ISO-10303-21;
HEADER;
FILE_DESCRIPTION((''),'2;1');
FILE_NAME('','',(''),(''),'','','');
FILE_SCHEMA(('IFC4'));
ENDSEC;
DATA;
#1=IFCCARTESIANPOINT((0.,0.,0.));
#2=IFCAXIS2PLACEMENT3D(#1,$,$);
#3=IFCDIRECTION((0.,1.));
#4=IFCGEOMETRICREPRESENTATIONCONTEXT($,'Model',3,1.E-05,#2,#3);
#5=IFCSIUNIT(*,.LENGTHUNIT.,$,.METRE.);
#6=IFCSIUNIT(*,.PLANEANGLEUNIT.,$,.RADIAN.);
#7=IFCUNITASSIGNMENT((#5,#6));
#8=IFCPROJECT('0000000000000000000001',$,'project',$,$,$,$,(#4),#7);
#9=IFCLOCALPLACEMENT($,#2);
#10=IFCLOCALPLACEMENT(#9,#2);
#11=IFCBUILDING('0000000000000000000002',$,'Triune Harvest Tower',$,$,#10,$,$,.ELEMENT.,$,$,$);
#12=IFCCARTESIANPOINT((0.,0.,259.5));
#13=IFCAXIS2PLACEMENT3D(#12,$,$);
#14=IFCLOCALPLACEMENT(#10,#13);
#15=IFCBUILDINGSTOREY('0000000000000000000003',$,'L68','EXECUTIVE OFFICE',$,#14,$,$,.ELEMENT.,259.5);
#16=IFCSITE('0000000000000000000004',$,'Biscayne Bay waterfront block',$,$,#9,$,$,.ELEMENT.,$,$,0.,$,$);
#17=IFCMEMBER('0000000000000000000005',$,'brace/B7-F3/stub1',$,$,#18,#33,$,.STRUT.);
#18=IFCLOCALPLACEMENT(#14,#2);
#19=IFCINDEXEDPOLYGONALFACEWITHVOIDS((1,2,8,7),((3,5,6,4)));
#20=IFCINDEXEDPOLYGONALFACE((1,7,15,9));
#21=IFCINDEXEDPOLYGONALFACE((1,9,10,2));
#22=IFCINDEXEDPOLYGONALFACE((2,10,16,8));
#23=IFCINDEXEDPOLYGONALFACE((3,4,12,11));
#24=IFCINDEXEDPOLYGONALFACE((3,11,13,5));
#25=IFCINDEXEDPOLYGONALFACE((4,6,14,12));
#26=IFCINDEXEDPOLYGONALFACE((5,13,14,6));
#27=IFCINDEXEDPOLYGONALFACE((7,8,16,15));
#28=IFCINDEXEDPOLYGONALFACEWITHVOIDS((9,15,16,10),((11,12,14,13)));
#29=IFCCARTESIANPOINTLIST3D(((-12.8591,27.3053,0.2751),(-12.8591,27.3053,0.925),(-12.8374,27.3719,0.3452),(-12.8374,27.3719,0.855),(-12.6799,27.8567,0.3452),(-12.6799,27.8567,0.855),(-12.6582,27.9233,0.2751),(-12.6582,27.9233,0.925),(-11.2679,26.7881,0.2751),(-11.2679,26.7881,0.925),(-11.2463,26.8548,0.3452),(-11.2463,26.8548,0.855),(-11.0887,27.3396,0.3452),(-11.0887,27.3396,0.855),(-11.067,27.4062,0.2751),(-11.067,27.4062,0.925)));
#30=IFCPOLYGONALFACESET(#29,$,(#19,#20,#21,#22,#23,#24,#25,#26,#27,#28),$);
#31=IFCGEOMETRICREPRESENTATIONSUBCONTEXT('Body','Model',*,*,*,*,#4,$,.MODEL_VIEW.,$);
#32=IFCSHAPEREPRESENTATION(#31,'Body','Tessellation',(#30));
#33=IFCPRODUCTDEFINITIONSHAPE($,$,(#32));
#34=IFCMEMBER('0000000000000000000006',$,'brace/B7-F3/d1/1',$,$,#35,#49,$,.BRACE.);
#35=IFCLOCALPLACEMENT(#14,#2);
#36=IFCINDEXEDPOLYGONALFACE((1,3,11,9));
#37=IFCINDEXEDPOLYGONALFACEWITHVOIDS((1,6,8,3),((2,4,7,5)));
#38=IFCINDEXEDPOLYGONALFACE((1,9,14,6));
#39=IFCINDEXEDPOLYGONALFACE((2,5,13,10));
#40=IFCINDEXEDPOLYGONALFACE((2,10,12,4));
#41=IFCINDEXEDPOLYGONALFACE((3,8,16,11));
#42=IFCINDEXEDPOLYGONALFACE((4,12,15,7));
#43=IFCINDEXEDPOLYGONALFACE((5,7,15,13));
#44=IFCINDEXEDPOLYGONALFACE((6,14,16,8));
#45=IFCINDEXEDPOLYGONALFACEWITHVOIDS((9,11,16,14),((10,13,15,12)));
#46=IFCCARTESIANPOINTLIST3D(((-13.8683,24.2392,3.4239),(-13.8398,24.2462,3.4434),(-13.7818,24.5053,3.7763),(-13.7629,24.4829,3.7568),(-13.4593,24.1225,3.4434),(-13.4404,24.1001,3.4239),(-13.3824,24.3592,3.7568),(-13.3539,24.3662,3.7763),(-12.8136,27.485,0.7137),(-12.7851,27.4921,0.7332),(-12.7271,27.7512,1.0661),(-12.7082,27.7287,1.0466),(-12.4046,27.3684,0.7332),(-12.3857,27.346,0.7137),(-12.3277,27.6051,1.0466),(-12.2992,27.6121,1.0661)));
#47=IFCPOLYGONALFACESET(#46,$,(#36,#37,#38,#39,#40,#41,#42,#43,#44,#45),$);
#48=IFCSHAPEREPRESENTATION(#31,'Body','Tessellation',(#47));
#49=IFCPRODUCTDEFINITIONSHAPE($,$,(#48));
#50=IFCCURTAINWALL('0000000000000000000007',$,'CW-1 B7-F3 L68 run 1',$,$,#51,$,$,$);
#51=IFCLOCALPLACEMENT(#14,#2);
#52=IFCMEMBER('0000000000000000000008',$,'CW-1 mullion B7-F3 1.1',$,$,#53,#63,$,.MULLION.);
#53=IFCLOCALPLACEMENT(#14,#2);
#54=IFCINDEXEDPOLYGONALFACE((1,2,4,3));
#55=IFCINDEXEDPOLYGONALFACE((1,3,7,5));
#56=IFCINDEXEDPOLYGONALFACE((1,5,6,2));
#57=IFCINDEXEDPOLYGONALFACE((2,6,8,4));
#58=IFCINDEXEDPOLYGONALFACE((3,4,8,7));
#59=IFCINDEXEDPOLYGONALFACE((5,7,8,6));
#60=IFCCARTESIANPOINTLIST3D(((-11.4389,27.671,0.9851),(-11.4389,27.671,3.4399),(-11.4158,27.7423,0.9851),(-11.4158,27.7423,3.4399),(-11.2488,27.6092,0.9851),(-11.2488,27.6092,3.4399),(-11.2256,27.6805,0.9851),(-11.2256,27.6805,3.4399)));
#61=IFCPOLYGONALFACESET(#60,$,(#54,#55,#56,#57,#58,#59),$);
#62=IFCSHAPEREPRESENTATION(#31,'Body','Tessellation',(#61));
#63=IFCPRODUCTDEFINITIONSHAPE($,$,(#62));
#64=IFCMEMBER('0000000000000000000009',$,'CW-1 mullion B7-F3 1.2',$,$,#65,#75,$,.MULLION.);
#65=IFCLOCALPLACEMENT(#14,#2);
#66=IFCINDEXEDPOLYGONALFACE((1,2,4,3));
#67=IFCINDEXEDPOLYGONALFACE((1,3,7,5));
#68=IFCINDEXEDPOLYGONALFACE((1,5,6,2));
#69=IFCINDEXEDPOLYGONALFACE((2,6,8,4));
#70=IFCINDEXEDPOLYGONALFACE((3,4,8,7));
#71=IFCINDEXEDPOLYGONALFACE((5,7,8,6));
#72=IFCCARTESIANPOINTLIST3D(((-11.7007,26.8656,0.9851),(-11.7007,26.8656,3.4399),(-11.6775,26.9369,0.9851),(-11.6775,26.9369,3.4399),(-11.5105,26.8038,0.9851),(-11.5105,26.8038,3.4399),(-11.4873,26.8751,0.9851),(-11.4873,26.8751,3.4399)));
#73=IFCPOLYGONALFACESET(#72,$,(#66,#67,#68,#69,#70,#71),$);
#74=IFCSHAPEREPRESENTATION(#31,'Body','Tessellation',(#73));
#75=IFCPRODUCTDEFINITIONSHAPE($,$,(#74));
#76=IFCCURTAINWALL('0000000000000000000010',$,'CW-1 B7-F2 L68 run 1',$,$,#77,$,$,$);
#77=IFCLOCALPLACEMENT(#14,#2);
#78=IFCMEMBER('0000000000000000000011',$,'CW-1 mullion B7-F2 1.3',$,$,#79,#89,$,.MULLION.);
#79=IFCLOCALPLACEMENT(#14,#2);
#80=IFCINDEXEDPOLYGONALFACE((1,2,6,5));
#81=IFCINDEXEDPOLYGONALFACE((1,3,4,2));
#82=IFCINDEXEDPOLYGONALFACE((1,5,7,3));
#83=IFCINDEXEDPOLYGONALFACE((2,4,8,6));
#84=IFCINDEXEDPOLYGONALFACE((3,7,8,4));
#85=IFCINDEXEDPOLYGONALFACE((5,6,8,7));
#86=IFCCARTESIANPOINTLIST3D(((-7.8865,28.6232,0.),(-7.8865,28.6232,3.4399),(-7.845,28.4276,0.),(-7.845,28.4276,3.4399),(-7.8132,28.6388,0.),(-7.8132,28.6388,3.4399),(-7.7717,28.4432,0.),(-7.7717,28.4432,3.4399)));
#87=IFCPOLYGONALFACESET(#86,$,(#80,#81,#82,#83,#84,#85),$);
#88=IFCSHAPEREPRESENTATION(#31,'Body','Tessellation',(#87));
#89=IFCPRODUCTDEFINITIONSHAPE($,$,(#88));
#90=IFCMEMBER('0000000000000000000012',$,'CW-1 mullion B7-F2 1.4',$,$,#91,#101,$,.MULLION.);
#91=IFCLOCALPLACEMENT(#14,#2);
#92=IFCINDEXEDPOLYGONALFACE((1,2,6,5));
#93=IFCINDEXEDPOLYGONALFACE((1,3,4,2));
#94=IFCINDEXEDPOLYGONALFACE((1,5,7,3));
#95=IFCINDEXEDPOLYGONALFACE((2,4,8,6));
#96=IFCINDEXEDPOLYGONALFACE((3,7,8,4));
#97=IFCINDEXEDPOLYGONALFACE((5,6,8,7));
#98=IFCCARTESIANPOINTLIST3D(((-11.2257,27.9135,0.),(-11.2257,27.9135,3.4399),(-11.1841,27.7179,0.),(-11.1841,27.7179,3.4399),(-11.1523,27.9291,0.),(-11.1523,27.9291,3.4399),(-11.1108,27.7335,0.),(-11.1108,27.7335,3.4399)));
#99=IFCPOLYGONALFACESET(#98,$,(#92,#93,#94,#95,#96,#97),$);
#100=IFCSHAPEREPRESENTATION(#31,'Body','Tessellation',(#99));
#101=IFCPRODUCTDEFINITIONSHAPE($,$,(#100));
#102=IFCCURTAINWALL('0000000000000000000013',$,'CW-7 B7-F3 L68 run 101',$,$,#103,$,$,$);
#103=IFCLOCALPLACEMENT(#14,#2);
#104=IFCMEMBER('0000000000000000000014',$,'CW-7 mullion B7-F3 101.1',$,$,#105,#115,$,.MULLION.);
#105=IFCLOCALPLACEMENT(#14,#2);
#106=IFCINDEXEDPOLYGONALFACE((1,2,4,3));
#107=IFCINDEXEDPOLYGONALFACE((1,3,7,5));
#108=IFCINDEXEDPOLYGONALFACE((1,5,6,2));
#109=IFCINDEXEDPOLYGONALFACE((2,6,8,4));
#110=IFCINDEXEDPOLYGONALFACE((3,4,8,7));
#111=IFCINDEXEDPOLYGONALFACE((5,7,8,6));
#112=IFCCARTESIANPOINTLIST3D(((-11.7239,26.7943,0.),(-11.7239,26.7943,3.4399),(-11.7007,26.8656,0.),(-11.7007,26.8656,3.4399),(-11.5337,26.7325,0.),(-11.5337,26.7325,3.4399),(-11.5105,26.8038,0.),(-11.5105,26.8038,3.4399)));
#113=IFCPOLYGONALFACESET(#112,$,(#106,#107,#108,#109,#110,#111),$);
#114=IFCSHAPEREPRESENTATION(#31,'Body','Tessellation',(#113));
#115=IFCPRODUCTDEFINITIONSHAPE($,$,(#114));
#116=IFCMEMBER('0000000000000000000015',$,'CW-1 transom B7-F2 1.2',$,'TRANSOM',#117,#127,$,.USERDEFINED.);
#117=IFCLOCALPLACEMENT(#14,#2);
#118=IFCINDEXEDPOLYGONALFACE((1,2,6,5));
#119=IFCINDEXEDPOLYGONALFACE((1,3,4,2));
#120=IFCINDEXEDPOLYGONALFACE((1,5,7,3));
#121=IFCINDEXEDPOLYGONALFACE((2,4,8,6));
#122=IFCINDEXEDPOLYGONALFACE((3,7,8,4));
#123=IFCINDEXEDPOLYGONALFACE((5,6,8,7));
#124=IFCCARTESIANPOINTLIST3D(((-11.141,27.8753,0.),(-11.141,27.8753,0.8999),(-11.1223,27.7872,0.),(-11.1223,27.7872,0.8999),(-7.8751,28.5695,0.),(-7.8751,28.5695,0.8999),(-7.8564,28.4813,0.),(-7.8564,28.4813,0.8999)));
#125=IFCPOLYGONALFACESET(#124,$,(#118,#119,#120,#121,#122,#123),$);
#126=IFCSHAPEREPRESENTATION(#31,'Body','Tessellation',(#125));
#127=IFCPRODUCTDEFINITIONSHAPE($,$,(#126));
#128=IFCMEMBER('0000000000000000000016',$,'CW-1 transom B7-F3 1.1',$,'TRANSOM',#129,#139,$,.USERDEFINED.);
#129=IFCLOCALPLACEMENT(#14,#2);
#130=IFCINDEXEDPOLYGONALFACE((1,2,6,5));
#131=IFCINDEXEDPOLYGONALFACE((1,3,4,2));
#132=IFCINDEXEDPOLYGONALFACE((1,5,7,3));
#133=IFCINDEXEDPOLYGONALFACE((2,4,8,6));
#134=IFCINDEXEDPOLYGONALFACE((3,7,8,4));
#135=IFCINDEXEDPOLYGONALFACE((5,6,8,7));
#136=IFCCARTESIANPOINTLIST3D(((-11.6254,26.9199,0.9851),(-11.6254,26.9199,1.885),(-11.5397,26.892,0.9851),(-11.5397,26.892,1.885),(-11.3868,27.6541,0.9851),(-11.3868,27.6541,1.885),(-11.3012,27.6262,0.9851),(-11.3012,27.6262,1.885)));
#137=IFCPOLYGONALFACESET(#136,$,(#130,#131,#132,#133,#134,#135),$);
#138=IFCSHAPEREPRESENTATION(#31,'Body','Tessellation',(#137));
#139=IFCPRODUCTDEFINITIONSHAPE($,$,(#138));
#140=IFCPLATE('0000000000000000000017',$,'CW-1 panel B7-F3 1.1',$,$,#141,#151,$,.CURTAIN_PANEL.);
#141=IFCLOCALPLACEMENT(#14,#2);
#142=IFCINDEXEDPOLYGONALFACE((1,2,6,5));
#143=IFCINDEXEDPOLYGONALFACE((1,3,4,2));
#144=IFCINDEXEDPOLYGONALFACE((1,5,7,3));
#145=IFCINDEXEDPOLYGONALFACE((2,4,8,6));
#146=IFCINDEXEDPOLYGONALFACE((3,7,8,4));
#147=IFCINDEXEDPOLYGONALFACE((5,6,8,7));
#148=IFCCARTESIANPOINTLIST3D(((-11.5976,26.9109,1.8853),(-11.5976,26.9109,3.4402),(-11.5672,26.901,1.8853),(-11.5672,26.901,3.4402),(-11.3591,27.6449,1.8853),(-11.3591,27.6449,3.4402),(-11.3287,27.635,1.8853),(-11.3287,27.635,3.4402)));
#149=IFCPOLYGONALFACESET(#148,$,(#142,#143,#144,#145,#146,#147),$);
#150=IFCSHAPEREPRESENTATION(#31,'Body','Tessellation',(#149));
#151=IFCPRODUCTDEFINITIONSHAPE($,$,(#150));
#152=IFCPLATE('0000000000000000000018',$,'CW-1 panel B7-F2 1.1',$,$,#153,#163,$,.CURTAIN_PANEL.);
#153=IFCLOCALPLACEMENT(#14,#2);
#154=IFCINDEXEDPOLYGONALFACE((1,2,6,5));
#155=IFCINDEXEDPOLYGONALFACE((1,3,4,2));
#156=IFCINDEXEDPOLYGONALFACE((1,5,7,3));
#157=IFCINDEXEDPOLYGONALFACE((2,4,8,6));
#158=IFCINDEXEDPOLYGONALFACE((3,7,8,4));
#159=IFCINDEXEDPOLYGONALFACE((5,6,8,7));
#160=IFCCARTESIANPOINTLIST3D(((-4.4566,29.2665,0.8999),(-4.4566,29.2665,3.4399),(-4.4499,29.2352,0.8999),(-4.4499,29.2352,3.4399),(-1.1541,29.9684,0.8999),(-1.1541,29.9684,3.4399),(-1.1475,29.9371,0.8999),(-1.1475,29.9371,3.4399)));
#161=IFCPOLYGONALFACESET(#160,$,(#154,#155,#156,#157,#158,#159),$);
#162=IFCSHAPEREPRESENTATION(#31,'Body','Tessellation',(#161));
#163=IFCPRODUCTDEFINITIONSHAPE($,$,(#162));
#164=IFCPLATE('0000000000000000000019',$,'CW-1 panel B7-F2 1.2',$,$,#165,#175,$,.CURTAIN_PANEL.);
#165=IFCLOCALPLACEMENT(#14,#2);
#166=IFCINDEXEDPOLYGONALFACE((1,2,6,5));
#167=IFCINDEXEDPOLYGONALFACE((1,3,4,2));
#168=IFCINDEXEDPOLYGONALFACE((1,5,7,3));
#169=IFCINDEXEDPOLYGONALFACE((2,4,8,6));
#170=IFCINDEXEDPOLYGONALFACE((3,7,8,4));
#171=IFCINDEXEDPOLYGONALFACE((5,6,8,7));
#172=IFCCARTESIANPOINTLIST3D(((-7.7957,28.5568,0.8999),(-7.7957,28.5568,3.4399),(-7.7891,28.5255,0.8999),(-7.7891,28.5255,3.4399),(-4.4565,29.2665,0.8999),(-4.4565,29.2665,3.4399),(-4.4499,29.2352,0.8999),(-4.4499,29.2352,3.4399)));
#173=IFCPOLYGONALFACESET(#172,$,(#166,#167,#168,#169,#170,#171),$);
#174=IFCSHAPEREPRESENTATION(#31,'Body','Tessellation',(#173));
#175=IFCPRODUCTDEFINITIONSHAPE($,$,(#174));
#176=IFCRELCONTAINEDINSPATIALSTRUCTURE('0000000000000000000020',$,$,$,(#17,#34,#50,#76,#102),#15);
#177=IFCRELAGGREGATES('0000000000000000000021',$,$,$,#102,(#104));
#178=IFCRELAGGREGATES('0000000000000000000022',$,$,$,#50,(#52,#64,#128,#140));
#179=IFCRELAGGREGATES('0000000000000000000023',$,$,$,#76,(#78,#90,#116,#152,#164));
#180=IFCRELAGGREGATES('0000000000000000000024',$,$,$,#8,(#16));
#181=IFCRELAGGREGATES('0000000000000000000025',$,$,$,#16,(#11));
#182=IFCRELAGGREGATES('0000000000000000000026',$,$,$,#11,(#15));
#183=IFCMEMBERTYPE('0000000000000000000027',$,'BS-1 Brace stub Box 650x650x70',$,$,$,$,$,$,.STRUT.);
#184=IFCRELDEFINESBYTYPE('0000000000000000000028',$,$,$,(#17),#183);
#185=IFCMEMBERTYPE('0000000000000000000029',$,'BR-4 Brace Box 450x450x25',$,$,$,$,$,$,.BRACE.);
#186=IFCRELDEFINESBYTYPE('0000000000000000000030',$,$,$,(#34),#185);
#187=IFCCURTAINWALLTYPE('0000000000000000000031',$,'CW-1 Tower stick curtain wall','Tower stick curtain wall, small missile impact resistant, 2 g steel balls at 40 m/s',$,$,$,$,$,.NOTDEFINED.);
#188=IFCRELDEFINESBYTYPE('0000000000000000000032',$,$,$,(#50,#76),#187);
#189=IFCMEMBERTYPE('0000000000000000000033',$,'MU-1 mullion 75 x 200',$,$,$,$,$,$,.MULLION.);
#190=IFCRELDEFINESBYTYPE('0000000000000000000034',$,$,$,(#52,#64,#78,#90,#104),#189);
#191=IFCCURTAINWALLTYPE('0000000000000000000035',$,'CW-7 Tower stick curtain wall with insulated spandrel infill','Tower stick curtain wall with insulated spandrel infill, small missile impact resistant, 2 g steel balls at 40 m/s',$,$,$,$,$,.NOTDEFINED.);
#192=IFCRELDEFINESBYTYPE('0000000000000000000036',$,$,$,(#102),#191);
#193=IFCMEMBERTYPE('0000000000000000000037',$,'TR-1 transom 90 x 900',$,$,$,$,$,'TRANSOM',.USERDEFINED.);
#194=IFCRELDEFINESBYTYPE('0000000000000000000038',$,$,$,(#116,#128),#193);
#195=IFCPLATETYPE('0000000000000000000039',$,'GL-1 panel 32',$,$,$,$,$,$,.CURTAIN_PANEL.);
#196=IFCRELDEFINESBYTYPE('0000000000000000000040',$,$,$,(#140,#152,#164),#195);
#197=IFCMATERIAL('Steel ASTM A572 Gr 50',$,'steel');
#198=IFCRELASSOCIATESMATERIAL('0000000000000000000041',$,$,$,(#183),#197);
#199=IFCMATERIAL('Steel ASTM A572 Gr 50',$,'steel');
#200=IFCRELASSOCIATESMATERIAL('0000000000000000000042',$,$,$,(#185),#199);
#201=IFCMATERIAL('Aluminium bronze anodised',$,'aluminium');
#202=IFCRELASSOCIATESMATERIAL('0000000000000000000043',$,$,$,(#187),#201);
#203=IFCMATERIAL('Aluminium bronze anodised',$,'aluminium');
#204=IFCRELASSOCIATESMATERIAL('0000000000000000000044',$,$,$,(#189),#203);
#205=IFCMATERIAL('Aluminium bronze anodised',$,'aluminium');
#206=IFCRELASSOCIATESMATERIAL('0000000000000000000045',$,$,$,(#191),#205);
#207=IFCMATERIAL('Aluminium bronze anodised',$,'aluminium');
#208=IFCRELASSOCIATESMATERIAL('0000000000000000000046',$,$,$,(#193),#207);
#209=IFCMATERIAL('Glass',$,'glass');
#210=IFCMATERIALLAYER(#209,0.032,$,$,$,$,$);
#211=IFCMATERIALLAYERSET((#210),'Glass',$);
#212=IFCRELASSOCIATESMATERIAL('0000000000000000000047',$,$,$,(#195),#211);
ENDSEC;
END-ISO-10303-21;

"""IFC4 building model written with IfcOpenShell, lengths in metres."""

from ifc_helpers import new_model, si_unit, direction, frame, origin, origin_2d, place, context, subcontext, project, spatial, rectangle, hollow_rectangle, extrude, source, transform, mapped, material, layer, layer_set, material_profile, profile_set, type_object, element, aggregate, save


model = new_model("IFC4")

# Units and contexts
model_context = context("Model", 3, precision=1e-05, world=origin(), true_north=direction((0.0, 1.0)))
body_context = subcontext(model_context, "Body", "Model", "MODEL_VIEW")
ifc_project = project(units=[si_unit("LENGTHUNIT", "METRE"), si_unit("PLANEANGLEUNIT", "RADIAN")], contexts=[model_context])

# Site, building, storey
site_placement = place(None, origin())
site = spatial("IfcSite", under=ifc_project, at=site_placement, Name="Biscayne Bay waterfront block", CompositionType="ELEMENT", RefElevation=0.0)
building_placement = place(site_placement, origin())
building = spatial("IfcBuilding", under=site, at=building_placement, Name="Triune Harvest Tower", CompositionType="ELEMENT")
storey_placement = place(building_placement, frame((0.0, 0.0, 259.5)))
storey = spatial("IfcBuildingStorey", under=building, at=storey_placement, Name="L68", Description="EXECUTIVE OFFICE", CompositionType="ELEMENT", Elevation=259.5)

# Members
ifc_material_1 = material(Name="Steel ASTM A572 Gr 50", Category="steel")
ifc_material_profile_1 = material_profile(ifc_material_1, hollow_rectangle(XDim=0.6499, YDim=0.6499, WallThickness=0.0701, at=origin_2d()), Name="Box 650x650x70")
ifc_profile_set_1 = profile_set([ifc_material_profile_1], Name="Steel ASTM A572 Gr 50")
member_type_1 = type_object("IfcMemberType", Name="BS-1 Brace stub Box 650x650x70", PredefinedType="STRUT", material=ifc_profile_set_1)
shared_shape_1 = source(origin(), body_context, "Body", "SweptSolid", [
    extrude(hollow_rectangle(XDim=0.6499, YDim=0.6499, WallThickness=0.0701, at=origin_2d()), origin(), (0.0, 0.0, 1.0), 1.6731),
])
member_1_placement = place(storey_placement, frame((-11.1675, 27.0972, 0.6001), z_axis=(-0.951035, 0.309083, 0.0), x_axis=(-0.309083, -0.951035, 0.0)))
element("IfcMember", 1, at=member_1_placement, inside=storey, type_object=member_type_1, Name="brace/B7-F3/stub1", PredefinedType="STRUT", context=body_context, shape_type="MappedRepresentation", body=[
    mapped(shared_shape_1, transform((0.0, 0.0, 0.0), scale=1.0)),
])
ifc_material_2 = material(Name="Steel ASTM A572 Gr 50", Category="steel")
ifc_material_profile_2 = material_profile(ifc_material_2, hollow_rectangle(XDim=0.45, YDim=0.45, WallThickness=0.0249, at=origin_2d()), Name="Box 450x450x25")
ifc_profile_set_2 = profile_set([ifc_material_profile_2], Name="Steel ASTM A572 Gr 50")
member_type_2 = type_object("IfcMemberType", Name="BR-4 Brace Box 450x450x25", PredefinedType="BRACE", material=ifc_profile_set_2)
shared_shape_2 = source(origin(), body_context, "Body", "SweptSolid", [
    extrude(hollow_rectangle(XDim=0.45, YDim=0.45, WallThickness=0.0249, at=origin_2d()), origin(), (0.0, 0.0, 1.0), 4.3582),
])
member_2_placement = place(storey_placement, frame((-12.5564, 27.5486, 0.8899), z_axis=(-0.242006, -0.744784, 0.621876), x_axis=(0.951052, -0.309029, 0.0)))
element("IfcMember", 2, at=member_2_placement, inside=storey, type_object=member_type_2, Name="brace/B7-F3/d1/1", PredefinedType="BRACE", context=body_context, shape_type="MappedRepresentation", body=[
    mapped(shared_shape_2, transform((0.0, 0.0, 0.0), scale=1.0)),
])

# Curtain walls, members
ifc_material_3 = material(Name="Aluminium bronze anodised", Category="aluminium")
curtain_wall_type_1 = type_object("IfcCurtainWallType", Name="CW-1 Tower stick curtain wall", Description="Tower stick curtain wall, small missile impact resistant, 2 g steel balls at 40 m/s", PredefinedType="NOTDEFINED", material=ifc_material_3)
curtain_wall_1_placement = place(storey_placement, origin())
curtain_wall_1 = element("IfcCurtainWall", 3, at=curtain_wall_1_placement, inside=storey, type_object=curtain_wall_type_1, Name="CW-1 B7-F3 L68 run 1")
ifc_material_4 = material(Name="Aluminium bronze anodised", Category="aluminium")
ifc_material_profile_3 = material_profile(ifc_material_4, rectangle(XDim=0.2, YDim=0.075, at=origin_2d()), Name="MU-1 mullion 75 x 200")
ifc_profile_set_3 = profile_set([ifc_material_profile_3], Name="Aluminium bronze anodised")
member_type_3 = type_object("IfcMemberType", Name="MU-1 mullion 75 x 200", PredefinedType="MULLION", material=ifc_profile_set_3)
shared_shape_3 = source(origin(), body_context, "Body", "SweptSolid", [
    extrude(rectangle(XDim=0.2, YDim=0.075, at=origin_2d()), origin(), (0.0, 0.0, 1.0), 2.4548),
])
member_3_placement = place(storey_placement, frame((-11.3323, 27.6758, 0.9851), z_axis=(0.0, 0.0, 1.0), x_axis=(0.951043, -0.309059, 0.0)))
member_3 = element("IfcMember", 4, at=member_3_placement, type_object=member_type_3, Name="CW-1 mullion B7-F3 1.1", PredefinedType="MULLION", context=body_context, shape_type="MappedRepresentation", body=[
    mapped(shared_shape_3, transform((0.0, 0.0, 0.0), scale=1.0)),
])
member_4_placement = place(storey_placement, frame((-11.594, 26.8704, 0.9851), z_axis=(0.0, 0.0, 1.0), x_axis=(0.951043, -0.309059, 0.0)))
member_4 = element("IfcMember", 5, at=member_4_placement, type_object=member_type_3, Name="CW-1 mullion B7-F3 1.2", PredefinedType="MULLION", context=body_context, shape_type="MappedRepresentation", body=[
    mapped(shared_shape_3, transform((0.0, 0.0, 0.0), scale=1.0)),
])
curtain_wall_2_placement = place(storey_placement, origin())
curtain_wall_2 = element("IfcCurtainWall", 6, at=curtain_wall_2_placement, inside=storey, type_object=curtain_wall_type_1, Name="CW-1 B7-F2 L68 run 1")
shared_shape_4 = source(origin(), body_context, "Body", "SweptSolid", [
    extrude(rectangle(XDim=0.2, YDim=0.075, at=origin_2d()), origin(), (0.0, 0.0, 1.0), 3.4399),
])
member_5_placement = place(storey_placement, frame((-7.8291, 28.5332, 0.0), z_axis=(0.0, 0.0, 1.0), x_axis=(0.207905, -0.978149, 0.0)))
member_5 = element("IfcMember", 7, at=member_5_placement, type_object=member_type_3, Name="CW-1 mullion B7-F2 1.3", PredefinedType="MULLION", context=body_context, shape_type="MappedRepresentation", body=[
    mapped(shared_shape_4, transform((0.0, 0.0, 0.0), scale=1.0)),
])
member_6_placement = place(storey_placement, frame((-11.1682, 27.8235, 0.0), z_axis=(0.0, 0.0, 1.0), x_axis=(0.207905, -0.978149, 0.0)))
member_6 = element("IfcMember", 8, at=member_6_placement, type_object=member_type_3, Name="CW-1 mullion B7-F2 1.4", PredefinedType="MULLION", context=body_context, shape_type="MappedRepresentation", body=[
    mapped(shared_shape_4, transform((0.0, 0.0, 0.0), scale=1.0)),
])

# Curtain wall, member
ifc_material_5 = material(Name="Aluminium bronze anodised", Category="aluminium")
curtain_wall_type_2 = type_object("IfcCurtainWallType", Name="CW-7 Tower stick curtain wall with insulated spandrel infill", Description="Tower stick curtain wall with insulated spandrel infill, small missile impact resistant, 2 g steel balls at 40 m/s", PredefinedType="NOTDEFINED", material=ifc_material_5)
curtain_wall_3_placement = place(storey_placement, origin())
curtain_wall_3 = element("IfcCurtainWall", 9, at=curtain_wall_3_placement, inside=storey, type_object=curtain_wall_type_2, Name="CW-7 B7-F3 L68 run 101")
member_7_placement = place(storey_placement, frame((-11.6172, 26.7991, 0.0), z_axis=(0.0, 0.0, 1.0), x_axis=(0.951056, -0.30902, 0.0)))
member_7 = element("IfcMember", 10, at=member_7_placement, type_object=member_type_3, Name="CW-7 mullion B7-F3 101.1", PredefinedType="MULLION", context=body_context, shape_type="MappedRepresentation", body=[
    mapped(shared_shape_4, transform((0.0, 0.0, 0.0), scale=1.0)),
])
aggregate(curtain_wall_3, [member_7])

# Members
ifc_material_6 = material(Name="Aluminium bronze anodised", Category="aluminium")
ifc_material_profile_4 = material_profile(ifc_material_6, rectangle(XDim=0.0901, YDim=0.8999, at=origin_2d()), Name="TR-1 transom 90 x 900")
ifc_profile_set_4 = profile_set([ifc_material_profile_4], Name="Aluminium bronze anodised")
member_type_4 = type_object("IfcMemberType", Name="TR-1 transom 90 x 900", ElementType="TRANSOM", PredefinedType="USERDEFINED", material=ifc_profile_set_4)
shared_shape_5 = source(origin(), body_context, "Body", "SweptSolid", [
    extrude(rectangle(XDim=0.0901, YDim=0.8999, at=origin_2d()), origin(), (0.0, 0.0, 1.0), 3.3389),
])
member_8_placement = place(storey_placement, frame((-7.8657, 28.5254, 0.45), z_axis=(-0.978153, -0.207886, 0.0), x_axis=(0.207886, -0.978153, 0.0)))
member_8 = element("IfcMember", 11, at=member_8_placement, type_object=member_type_4, Name="CW-1 transom B7-F2 1.2", ObjectType="TRANSOM", PredefinedType="USERDEFINED", context=body_context, shape_type="MappedRepresentation", body=[
    mapped(shared_shape_5, transform((0.0, 0.0, 0.0), scale=1.0)),
])
shared_shape_6 = source(origin(), body_context, "Body", "SweptSolid", [
    extrude(rectangle(XDim=0.0901, YDim=0.8999, at=origin_2d()), origin(), (0.0, 0.0, 1.0), 0.772),
])
member_9_placement = place(storey_placement, frame((-11.344, 27.6401, 1.4351), z_axis=(-0.309007, -0.95106, 0.0), x_axis=(0.95106, -0.309007, 0.0)))
member_9 = element("IfcMember", 12, at=member_9_placement, type_object=member_type_4, Name="CW-1 transom B7-F3 1.1", ObjectType="TRANSOM", PredefinedType="USERDEFINED", context=body_context, shape_type="MappedRepresentation", body=[
    mapped(shared_shape_6, transform((0.0, 0.0, 0.0), scale=1.0)),
])

# Plates
ifc_material_7 = material(Name="Glass", Category="glass")
ifc_layer = layer(ifc_material_7, 0.032)
ifc_layer_set = layer_set([ifc_layer], Name="Glass")
plate_type = type_object("IfcPlateType", Name="GL-1 panel 32", PredefinedType="CURTAIN_PANEL", material=ifc_layer_set)
shared_shape_7 = source(origin(), body_context, "Body", "SweptSolid", [
    extrude(rectangle(XDim=0.7717, YDim=0.032, at=origin_2d()), origin(), (0.0, 0.0, 1.0), 1.5549),
])
plate_1_placement = place(storey_placement, frame((-11.4631, 27.2729, 1.8853), z_axis=(0.0, 0.0, 1.0), x_axis=(-0.309059, -0.951043, 0.0)))
plate_1 = element("IfcPlate", 13, at=plate_1_placement, type_object=plate_type, Name="CW-1 panel B7-F3 1.1", PredefinedType="CURTAIN_PANEL", context=body_context, shape_type="MappedRepresentation", body=[
    mapped(shared_shape_7, transform((0.0, 0.0, 0.0), scale=1.0)),
])
aggregate(curtain_wall_1, [member_3, member_4, member_9, plate_1])
shared_shape_8 = source(origin(), body_context, "Body", "SweptSolid", [
    extrude(rectangle(XDim=3.3762, YDim=0.032, at=origin_2d()), origin(), (0.0, 0.0, 1.0), 2.54),
])
plate_2_placement = place(storey_placement, frame((-2.802, 29.6018, 0.8999), z_axis=(0.0, 0.0, 1.0), x_axis=(-0.978149, -0.207905, 0.0)))
plate_2 = element("IfcPlate", 14, at=plate_2_placement, type_object=plate_type, Name="CW-1 panel B7-F2 1.1", PredefinedType="CURTAIN_PANEL", context=body_context, shape_type="MappedRepresentation", body=[
    mapped(shared_shape_8, transform((0.0, 0.0, 0.0), scale=1.0)),
])
shared_shape_9 = source(origin(), body_context, "Body", "SweptSolid", [
    extrude(rectangle(XDim=3.4138, YDim=0.032, at=origin_2d()), origin(), (0.0, 0.0, 1.0), 2.54),
])
plate_3_placement = place(storey_placement, frame((-6.1228, 28.896, 0.8999), z_axis=(0.0, 0.0, 1.0), x_axis=(-0.978149, -0.207905, 0.0)))
plate_3 = element("IfcPlate", 15, at=plate_3_placement, type_object=plate_type, Name="CW-1 panel B7-F2 1.2", PredefinedType="CURTAIN_PANEL", context=body_context, shape_type="MappedRepresentation", body=[
    mapped(shared_shape_9, transform((0.0, 0.0, 0.0), scale=1.0)),
])
aggregate(curtain_wall_2, [member_5, member_6, member_8, plate_2, plate_3])

save(model, "model.ifc")
